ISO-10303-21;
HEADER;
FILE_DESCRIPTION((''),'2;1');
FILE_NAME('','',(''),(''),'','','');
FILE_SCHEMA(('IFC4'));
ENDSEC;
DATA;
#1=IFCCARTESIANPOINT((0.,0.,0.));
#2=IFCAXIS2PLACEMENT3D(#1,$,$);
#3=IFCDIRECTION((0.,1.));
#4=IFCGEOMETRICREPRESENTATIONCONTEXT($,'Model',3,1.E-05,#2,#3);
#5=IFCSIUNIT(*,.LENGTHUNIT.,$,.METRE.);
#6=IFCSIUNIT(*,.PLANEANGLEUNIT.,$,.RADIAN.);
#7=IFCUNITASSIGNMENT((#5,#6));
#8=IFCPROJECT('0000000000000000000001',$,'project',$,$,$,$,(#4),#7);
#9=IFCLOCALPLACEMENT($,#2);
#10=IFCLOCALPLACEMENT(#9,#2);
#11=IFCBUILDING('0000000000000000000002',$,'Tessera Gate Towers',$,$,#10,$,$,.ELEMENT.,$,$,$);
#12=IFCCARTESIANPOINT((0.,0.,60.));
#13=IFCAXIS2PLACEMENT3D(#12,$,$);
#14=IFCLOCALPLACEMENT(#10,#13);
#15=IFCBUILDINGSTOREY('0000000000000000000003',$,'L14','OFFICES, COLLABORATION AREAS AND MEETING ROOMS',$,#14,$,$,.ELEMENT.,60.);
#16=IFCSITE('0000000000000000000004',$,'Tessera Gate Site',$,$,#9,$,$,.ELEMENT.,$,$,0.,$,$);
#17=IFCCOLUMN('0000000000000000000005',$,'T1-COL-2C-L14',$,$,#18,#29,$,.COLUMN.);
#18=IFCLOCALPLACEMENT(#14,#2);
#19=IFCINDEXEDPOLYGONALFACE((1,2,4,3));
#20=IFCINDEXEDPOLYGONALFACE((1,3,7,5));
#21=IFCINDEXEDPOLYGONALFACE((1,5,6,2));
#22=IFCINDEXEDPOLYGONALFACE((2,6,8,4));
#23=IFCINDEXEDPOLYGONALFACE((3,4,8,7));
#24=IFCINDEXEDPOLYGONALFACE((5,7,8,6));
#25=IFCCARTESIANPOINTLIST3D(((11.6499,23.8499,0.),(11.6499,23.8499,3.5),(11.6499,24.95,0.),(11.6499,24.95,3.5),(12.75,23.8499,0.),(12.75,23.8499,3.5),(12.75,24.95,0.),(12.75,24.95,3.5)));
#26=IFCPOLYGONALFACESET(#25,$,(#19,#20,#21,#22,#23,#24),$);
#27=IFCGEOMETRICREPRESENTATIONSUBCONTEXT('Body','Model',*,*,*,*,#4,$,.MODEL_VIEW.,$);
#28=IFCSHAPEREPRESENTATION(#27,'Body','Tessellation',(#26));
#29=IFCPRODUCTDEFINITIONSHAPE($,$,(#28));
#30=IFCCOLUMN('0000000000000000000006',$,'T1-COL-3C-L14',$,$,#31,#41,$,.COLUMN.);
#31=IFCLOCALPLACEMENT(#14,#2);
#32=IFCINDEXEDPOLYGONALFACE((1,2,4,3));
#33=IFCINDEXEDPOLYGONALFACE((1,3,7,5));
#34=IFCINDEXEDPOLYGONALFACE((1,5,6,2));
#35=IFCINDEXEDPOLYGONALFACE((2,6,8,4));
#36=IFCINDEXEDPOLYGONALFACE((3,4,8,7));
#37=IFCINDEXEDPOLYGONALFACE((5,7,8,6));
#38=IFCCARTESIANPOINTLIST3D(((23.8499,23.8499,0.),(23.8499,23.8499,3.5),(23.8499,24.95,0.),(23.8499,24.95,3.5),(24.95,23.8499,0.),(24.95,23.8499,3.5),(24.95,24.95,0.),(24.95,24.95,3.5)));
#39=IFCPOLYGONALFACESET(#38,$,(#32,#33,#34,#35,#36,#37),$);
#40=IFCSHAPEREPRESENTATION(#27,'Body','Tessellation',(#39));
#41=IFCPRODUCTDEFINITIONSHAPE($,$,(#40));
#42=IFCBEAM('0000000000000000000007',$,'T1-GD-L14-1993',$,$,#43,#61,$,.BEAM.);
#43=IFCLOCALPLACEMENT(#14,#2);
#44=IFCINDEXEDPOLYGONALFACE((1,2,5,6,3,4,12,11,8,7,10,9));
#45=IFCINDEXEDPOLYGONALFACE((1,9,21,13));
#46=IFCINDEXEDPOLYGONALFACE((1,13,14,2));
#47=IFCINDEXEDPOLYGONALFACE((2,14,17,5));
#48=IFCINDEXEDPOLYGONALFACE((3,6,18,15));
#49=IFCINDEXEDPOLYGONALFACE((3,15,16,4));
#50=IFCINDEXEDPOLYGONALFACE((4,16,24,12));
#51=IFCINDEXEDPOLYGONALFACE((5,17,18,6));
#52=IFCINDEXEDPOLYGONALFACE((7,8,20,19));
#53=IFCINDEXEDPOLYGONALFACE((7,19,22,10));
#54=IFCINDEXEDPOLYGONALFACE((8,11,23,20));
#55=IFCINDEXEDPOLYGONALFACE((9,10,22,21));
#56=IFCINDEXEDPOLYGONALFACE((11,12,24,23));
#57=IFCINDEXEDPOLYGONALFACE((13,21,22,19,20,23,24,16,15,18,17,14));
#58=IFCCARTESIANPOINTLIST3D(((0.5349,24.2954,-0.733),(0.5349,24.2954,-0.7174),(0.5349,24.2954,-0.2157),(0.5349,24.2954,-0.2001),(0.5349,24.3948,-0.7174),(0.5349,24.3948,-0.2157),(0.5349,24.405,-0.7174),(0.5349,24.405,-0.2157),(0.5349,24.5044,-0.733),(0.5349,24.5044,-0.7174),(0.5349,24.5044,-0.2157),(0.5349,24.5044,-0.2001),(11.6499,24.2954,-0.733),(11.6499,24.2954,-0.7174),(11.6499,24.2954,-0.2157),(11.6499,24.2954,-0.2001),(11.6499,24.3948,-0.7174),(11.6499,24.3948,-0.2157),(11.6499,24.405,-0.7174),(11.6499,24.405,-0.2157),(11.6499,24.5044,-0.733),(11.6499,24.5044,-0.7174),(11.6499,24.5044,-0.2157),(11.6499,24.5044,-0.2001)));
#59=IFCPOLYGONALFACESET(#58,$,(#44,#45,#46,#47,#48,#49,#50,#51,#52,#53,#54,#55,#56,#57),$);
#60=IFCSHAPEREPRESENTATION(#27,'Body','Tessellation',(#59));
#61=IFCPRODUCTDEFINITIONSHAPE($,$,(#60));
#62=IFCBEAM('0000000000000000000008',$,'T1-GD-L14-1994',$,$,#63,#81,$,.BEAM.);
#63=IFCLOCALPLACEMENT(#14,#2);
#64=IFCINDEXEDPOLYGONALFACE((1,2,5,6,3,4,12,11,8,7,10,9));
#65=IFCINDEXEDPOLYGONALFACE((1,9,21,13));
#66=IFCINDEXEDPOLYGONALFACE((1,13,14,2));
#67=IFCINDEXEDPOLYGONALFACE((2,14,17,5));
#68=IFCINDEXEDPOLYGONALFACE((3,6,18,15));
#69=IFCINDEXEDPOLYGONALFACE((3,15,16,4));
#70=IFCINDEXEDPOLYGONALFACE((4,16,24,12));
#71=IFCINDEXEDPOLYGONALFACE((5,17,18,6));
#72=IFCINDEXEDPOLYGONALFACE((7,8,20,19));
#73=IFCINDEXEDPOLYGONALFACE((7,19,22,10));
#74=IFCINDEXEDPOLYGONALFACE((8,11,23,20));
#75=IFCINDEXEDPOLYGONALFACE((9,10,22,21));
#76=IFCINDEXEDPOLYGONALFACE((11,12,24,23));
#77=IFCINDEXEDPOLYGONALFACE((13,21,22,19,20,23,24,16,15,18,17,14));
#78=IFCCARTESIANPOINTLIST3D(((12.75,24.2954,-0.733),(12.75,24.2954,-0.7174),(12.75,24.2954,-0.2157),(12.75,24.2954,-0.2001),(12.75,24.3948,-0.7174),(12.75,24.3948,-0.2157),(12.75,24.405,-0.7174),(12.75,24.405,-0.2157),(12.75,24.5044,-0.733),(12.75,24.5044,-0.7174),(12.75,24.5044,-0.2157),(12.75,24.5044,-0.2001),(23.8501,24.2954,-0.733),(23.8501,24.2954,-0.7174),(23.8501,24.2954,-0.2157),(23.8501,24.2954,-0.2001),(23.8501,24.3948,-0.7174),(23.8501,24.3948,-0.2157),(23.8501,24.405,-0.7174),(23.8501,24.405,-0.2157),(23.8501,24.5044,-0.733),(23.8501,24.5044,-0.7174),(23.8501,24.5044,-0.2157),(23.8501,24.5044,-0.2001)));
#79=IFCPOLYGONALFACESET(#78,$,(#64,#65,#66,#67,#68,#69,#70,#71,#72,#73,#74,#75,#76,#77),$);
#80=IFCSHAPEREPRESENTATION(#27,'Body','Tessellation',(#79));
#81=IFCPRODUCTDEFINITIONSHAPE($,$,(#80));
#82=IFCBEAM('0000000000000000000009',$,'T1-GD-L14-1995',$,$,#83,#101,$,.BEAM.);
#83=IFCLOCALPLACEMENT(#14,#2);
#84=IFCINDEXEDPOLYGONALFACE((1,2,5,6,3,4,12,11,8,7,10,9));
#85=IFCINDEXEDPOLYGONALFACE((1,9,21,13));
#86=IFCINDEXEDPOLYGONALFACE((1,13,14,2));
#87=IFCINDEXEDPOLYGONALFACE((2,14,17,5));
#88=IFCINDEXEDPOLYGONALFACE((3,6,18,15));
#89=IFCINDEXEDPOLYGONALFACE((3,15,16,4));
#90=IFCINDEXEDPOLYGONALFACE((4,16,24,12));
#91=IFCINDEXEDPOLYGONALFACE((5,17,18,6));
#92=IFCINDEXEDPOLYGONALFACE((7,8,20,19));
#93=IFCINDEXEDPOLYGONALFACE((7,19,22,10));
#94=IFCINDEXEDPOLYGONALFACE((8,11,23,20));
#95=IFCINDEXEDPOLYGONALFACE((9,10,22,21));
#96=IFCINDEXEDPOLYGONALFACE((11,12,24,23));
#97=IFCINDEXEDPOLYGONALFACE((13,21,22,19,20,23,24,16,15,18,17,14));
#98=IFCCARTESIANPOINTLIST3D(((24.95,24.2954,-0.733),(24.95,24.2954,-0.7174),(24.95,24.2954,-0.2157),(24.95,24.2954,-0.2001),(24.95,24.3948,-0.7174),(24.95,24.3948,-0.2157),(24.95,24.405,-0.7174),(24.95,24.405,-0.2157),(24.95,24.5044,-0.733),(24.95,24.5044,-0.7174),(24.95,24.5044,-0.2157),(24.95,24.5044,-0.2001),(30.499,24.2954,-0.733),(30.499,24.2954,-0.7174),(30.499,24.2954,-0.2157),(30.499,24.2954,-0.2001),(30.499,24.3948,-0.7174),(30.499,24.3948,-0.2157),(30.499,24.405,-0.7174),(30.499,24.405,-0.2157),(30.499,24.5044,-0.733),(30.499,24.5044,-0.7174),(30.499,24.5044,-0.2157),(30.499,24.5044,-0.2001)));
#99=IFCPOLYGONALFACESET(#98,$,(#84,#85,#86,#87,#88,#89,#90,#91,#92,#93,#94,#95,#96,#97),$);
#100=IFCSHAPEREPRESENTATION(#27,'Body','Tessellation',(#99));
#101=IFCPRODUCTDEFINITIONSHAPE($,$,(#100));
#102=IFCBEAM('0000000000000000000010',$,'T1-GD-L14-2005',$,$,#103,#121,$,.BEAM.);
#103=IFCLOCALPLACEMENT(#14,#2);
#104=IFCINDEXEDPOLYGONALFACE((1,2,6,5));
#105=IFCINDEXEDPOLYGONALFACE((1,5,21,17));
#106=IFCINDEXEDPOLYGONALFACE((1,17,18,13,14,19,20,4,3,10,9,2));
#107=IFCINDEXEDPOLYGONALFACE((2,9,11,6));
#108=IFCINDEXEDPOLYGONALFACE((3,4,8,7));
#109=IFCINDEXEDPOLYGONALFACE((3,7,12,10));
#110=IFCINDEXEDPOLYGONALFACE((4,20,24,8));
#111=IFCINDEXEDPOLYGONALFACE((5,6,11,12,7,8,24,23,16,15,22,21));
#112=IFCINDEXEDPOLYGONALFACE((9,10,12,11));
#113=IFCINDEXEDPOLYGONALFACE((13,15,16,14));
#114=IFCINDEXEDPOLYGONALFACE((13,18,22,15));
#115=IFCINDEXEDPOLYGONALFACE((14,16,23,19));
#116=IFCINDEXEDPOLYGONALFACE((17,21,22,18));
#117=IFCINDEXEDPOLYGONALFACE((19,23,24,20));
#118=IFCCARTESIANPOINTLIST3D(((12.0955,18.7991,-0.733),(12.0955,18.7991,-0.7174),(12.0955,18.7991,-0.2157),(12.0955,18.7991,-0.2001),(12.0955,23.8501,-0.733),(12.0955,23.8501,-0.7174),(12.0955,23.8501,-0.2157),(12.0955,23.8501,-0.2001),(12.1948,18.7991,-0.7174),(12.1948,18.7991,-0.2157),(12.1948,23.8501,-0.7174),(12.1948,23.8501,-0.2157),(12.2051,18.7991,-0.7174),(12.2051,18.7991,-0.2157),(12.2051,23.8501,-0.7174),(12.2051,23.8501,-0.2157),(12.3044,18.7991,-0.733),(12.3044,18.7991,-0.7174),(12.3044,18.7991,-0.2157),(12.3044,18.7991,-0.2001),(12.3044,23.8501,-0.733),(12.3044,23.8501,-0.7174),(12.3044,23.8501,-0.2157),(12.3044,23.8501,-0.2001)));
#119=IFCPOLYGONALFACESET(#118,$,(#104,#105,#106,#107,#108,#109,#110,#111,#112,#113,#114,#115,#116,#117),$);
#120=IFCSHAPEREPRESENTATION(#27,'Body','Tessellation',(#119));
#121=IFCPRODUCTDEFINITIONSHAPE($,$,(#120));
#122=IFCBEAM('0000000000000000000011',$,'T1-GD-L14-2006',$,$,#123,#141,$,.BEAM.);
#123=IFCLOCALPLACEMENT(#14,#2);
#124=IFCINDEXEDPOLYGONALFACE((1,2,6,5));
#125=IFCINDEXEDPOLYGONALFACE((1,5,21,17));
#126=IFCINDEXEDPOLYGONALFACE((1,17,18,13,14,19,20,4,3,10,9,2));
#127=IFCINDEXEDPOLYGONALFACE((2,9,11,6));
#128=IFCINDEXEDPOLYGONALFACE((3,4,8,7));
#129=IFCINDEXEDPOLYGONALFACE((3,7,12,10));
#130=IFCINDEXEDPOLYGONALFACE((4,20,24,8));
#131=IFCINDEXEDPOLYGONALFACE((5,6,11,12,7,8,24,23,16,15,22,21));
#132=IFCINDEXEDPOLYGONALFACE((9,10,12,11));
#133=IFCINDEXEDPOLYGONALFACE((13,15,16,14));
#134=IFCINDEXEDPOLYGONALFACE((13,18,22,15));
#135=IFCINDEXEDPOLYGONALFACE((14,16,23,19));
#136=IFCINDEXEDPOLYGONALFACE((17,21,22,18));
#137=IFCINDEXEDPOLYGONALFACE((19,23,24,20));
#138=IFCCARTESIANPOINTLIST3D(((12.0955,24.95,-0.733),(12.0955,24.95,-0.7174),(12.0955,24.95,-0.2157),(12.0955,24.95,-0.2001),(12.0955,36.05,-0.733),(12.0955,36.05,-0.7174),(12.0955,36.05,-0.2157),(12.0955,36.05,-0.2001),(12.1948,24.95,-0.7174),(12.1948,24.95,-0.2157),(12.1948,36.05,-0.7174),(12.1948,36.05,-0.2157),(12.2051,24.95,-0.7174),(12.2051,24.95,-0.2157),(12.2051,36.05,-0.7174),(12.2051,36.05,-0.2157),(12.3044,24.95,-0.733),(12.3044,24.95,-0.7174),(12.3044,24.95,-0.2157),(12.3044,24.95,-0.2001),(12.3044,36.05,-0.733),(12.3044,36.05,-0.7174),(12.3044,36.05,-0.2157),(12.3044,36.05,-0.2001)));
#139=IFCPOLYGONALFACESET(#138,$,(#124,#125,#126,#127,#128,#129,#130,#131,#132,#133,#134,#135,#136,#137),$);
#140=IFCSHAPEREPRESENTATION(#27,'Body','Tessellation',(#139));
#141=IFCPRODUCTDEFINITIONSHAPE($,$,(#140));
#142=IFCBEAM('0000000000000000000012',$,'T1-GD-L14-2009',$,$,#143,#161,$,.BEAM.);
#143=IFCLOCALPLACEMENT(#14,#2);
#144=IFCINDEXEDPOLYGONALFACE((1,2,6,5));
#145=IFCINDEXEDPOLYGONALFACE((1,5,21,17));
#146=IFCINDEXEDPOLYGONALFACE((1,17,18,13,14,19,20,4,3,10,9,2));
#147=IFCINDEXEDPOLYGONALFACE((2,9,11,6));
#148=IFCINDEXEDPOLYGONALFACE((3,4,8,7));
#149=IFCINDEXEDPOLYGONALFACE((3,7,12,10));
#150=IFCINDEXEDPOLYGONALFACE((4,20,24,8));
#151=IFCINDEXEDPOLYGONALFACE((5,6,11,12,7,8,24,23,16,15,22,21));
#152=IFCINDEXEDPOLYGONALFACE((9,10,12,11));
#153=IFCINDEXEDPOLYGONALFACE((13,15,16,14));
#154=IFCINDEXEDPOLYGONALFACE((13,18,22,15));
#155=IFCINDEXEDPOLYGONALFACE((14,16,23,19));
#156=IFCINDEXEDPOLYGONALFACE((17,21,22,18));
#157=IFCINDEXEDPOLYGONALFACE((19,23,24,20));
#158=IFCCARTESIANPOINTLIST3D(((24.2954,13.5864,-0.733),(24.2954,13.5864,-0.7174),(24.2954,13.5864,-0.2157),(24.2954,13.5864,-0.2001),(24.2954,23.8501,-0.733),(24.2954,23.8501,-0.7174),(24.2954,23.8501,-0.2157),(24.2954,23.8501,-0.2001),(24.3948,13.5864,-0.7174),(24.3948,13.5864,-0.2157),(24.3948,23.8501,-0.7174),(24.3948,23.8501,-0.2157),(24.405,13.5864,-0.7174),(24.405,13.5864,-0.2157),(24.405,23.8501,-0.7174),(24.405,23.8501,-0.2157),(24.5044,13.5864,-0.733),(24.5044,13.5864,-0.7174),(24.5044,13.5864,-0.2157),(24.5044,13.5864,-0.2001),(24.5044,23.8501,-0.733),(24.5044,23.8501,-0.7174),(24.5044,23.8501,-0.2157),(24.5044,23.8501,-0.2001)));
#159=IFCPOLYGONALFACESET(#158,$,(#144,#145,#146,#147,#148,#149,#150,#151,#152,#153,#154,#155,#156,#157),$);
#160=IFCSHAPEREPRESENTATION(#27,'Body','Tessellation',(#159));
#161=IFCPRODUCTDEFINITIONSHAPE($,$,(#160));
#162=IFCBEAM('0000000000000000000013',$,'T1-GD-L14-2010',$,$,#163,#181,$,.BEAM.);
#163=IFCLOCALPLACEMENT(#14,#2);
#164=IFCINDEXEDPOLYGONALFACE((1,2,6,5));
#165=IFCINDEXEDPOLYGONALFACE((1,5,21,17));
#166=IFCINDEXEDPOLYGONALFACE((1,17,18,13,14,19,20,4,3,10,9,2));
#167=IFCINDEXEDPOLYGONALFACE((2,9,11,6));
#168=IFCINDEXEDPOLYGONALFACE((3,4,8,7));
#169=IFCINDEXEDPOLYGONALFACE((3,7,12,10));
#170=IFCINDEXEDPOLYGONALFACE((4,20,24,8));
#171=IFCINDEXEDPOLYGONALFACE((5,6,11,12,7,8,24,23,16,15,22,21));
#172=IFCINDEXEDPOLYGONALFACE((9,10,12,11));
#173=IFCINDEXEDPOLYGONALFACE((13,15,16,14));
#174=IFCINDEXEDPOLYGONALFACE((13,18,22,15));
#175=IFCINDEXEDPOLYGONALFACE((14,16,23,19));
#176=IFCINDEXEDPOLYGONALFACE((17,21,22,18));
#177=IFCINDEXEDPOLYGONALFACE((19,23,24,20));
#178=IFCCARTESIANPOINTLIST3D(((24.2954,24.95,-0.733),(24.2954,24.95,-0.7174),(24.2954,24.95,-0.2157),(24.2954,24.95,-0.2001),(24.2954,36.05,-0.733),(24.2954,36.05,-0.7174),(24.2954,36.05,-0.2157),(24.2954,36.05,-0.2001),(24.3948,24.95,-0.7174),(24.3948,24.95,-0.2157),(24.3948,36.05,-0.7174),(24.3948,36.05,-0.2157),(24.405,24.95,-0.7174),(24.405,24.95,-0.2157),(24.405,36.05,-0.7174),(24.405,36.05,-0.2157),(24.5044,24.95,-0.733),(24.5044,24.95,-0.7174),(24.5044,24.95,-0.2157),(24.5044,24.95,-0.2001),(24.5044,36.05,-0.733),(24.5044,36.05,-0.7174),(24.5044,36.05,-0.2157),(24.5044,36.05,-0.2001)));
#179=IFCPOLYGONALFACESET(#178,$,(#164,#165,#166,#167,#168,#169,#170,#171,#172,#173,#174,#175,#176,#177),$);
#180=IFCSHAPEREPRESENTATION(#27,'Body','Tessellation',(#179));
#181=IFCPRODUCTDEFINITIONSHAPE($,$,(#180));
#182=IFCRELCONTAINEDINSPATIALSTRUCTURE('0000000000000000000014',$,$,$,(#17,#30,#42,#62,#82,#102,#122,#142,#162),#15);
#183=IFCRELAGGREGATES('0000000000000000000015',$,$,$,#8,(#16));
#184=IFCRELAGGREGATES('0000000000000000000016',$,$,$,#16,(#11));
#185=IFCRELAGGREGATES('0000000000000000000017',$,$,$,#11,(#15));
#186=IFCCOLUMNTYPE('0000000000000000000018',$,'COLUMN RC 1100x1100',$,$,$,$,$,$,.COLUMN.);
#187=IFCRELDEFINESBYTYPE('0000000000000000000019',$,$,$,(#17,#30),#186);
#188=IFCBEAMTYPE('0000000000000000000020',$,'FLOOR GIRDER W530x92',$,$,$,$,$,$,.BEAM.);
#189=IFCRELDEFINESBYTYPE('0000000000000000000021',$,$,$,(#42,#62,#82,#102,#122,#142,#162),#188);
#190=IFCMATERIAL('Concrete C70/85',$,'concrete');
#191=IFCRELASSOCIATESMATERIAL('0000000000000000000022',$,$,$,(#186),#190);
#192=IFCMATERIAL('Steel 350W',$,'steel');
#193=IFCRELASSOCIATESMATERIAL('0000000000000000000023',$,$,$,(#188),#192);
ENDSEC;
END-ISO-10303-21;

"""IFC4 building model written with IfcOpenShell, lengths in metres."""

from ifc_helpers import new_model, si_unit, direction, frame, origin, origin_2d, place, context, subcontext, project, spatial, rectangle, i_section, extrude, material, material_profile, profile_set, type_object, element, save


model = new_model("IFC4")

# Units and contexts
model_context = context("Model", 3, precision=1e-05, world=origin(), true_north=direction((0.0, 1.0)))
body_context = subcontext(model_context, "Body", "Model", "MODEL_VIEW")
ifc_project = project(units=[si_unit("LENGTHUNIT", "METRE"), si_unit("PLANEANGLEUNIT", "RADIAN")], contexts=[model_context])

# Site, building, storey
site_placement = place(None, origin())
site = spatial("IfcSite", under=ifc_project, at=site_placement, Name="Tessera Gate Site", CompositionType="ELEMENT", RefElevation=0.0)
building_placement = place(site_placement, origin())
building = spatial("IfcBuilding", under=site, at=building_placement, Name="Tessera Gate Towers", CompositionType="ELEMENT")
storey_placement = place(building_placement, frame((0.0, 0.0, 60.0)))
storey = spatial("IfcBuildingStorey", under=building, at=storey_placement, Name="L14", Description="OFFICES, COLLABORATION AREAS AND MEETING ROOMS", CompositionType="ELEMENT", Elevation=60.0)

# Columns
ifc_material_1 = material(Name="Concrete C70/85", Category="concrete")
ifc_material_profile_1 = material_profile(ifc_material_1, rectangle(XDim=1.1001, YDim=1.1001, at=origin_2d()), Name="RC 1100x1100")
ifc_profile_set_1 = profile_set([ifc_material_profile_1], Name="Concrete C70/85")
column_type = type_object("IfcColumnType", Name="COLUMN RC 1100x1100", PredefinedType="COLUMN", material=ifc_profile_set_1)
for number, where, z_axis, x_axis, name in (
    (1, (12.2, 24.3999, 0.0), (0.0, 0.0, 1.0), (1.0, 0.0, 0.0), "T1-COL-2C-L14"),
    (2, (24.3999, 24.3999, 0.0), (0.0, 0.0, 1.0), (1.0, 0.0, 0.0), "T1-COL-3C-L14"),
):
    element("IfcColumn", number, at=place(storey_placement, frame(where, z_axis=z_axis, x_axis=x_axis)), inside=storey, type_object=column_type, Name=name, PredefinedType="COLUMN", context=body_context, shape_type="SweptSolid", body=[
        extrude(rectangle(XDim=1.1001, YDim=1.1001, at=origin_2d()), origin(), (0.0, 0.0, 1.0), 3.5),
    ])

# Beams
ifc_material_2 = material(Name="Steel 350W", Category="steel")
ifc_material_profile_2 = material_profile(ifc_material_2, i_section(OverallWidth=0.209, OverallDepth=0.533, WebThickness=0.0103, FlangeThickness=0.0156, at=origin_2d()), Name="W530x92")
ifc_profile_set_2 = profile_set([ifc_material_profile_2], Name="Steel 350W")
beam_type_1 = type_object("IfcBeamType", Name="FLOOR GIRDER W530x92", PredefinedType="BEAM", material=ifc_profile_set_2)
beam_1_placement = place(storey_placement, frame((0.5349, 24.3999, -0.4666), z_axis=(1.0, 0.0, 0.0), x_axis=(0.0, 1.0, 0.0)))
element("IfcBeam", 3, at=beam_1_placement, inside=storey, type_object=beam_type_1, Name="T1-GD-L14-1993", PredefinedType="BEAM", context=body_context, shape_type="SweptSolid", body=[
    extrude(i_section(OverallWidth=0.209, OverallDepth=0.533, WebThickness=0.0103, FlangeThickness=0.0156, at=origin_2d()), origin(), (0.0, 0.0, 1.0), 11.115),
])
beam_2_placement = place(storey_placement, frame((12.75, 24.3999, -0.4666), z_axis=(1.0, 0.0, 0.0), x_axis=(0.0, 1.0, 0.0)))
element("IfcBeam", 4, at=beam_2_placement, inside=storey, type_object=beam_type_1, Name="T1-GD-L14-1994", PredefinedType="BEAM", context=body_context, shape_type="SweptSolid", body=[
    extrude(i_section(OverallWidth=0.209, OverallDepth=0.533, WebThickness=0.0103, FlangeThickness=0.0156, at=origin_2d()), origin(), (0.0, 0.0, 1.0), 11.1001),
])
beam_3_placement = place(storey_placement, frame((24.95, 24.3999, -0.4666), z_axis=(1.0, 0.0, 0.0), x_axis=(0.0, 1.0, 0.0)))
element("IfcBeam", 5, at=beam_3_placement, inside=storey, type_object=beam_type_1, Name="T1-GD-L14-1995", PredefinedType="BEAM", context=body_context, shape_type="SweptSolid", body=[
    extrude(i_section(OverallWidth=0.209, OverallDepth=0.533, WebThickness=0.0103, FlangeThickness=0.0156, at=origin_2d()), origin(), (0.0, 0.0, 1.0), 5.5491),
])
beam_4_placement = place(storey_placement, frame((12.2, 18.7991, -0.4666), z_axis=(0.0, 1.0, 0.0), x_axis=(-1.0, 0.0, 0.0)))
element("IfcBeam", 6, at=beam_4_placement, inside=storey, type_object=beam_type_1, Name="T1-GD-L14-2005", PredefinedType="BEAM", context=body_context, shape_type="SweptSolid", body=[
    extrude(i_section(OverallWidth=0.209, OverallDepth=0.533, WebThickness=0.0103, FlangeThickness=0.0156, at=origin_2d()), origin(), (0.0, 0.0, 1.0), 5.051),
])
beam_5_placement = place(storey_placement, frame((12.2, 24.95, -0.4666), z_axis=(0.0, 1.0, 0.0), x_axis=(-1.0, 0.0, 0.0)))
element("IfcBeam", 7, at=beam_5_placement, inside=storey, type_object=beam_type_1, Name="T1-GD-L14-2006", PredefinedType="BEAM", context=body_context, shape_type="SweptSolid", body=[
    extrude(i_section(OverallWidth=0.209, OverallDepth=0.533, WebThickness=0.0103, FlangeThickness=0.0156, at=origin_2d()), origin(), (0.0, 0.0, 1.0), 11.1001),
])
beam_6_placement = place(storey_placement, frame((24.3999, 13.5864, -0.4666), z_axis=(0.0, 1.0, 0.0), x_axis=(-1.0, 0.0, 0.0)))
element("IfcBeam", 8, at=beam_6_placement, inside=storey, type_object=beam_type_1, Name="T1-GD-L14-2009", PredefinedType="BEAM", context=body_context, shape_type="SweptSolid", body=[
    extrude(i_section(OverallWidth=0.209, OverallDepth=0.533, WebThickness=0.0103, FlangeThickness=0.0156, at=origin_2d()), origin(), (0.0, 0.0, 1.0), 10.2637),
])
beam_7_placement = place(storey_placement, frame((24.3999, 24.95, -0.4666), z_axis=(0.0, 1.0, 0.0), x_axis=(-1.0, 0.0, 0.0)))
element("IfcBeam", 9, at=beam_7_placement, inside=storey, type_object=beam_type_1, Name="T1-GD-L14-2010", PredefinedType="BEAM", context=body_context, shape_type="SweptSolid", body=[
    extrude(i_section(OverallWidth=0.209, OverallDepth=0.533, WebThickness=0.0103, FlangeThickness=0.0156, at=origin_2d()), origin(), (0.0, 0.0, 1.0), 11.1001),
])

save(model, "model.ifc")
